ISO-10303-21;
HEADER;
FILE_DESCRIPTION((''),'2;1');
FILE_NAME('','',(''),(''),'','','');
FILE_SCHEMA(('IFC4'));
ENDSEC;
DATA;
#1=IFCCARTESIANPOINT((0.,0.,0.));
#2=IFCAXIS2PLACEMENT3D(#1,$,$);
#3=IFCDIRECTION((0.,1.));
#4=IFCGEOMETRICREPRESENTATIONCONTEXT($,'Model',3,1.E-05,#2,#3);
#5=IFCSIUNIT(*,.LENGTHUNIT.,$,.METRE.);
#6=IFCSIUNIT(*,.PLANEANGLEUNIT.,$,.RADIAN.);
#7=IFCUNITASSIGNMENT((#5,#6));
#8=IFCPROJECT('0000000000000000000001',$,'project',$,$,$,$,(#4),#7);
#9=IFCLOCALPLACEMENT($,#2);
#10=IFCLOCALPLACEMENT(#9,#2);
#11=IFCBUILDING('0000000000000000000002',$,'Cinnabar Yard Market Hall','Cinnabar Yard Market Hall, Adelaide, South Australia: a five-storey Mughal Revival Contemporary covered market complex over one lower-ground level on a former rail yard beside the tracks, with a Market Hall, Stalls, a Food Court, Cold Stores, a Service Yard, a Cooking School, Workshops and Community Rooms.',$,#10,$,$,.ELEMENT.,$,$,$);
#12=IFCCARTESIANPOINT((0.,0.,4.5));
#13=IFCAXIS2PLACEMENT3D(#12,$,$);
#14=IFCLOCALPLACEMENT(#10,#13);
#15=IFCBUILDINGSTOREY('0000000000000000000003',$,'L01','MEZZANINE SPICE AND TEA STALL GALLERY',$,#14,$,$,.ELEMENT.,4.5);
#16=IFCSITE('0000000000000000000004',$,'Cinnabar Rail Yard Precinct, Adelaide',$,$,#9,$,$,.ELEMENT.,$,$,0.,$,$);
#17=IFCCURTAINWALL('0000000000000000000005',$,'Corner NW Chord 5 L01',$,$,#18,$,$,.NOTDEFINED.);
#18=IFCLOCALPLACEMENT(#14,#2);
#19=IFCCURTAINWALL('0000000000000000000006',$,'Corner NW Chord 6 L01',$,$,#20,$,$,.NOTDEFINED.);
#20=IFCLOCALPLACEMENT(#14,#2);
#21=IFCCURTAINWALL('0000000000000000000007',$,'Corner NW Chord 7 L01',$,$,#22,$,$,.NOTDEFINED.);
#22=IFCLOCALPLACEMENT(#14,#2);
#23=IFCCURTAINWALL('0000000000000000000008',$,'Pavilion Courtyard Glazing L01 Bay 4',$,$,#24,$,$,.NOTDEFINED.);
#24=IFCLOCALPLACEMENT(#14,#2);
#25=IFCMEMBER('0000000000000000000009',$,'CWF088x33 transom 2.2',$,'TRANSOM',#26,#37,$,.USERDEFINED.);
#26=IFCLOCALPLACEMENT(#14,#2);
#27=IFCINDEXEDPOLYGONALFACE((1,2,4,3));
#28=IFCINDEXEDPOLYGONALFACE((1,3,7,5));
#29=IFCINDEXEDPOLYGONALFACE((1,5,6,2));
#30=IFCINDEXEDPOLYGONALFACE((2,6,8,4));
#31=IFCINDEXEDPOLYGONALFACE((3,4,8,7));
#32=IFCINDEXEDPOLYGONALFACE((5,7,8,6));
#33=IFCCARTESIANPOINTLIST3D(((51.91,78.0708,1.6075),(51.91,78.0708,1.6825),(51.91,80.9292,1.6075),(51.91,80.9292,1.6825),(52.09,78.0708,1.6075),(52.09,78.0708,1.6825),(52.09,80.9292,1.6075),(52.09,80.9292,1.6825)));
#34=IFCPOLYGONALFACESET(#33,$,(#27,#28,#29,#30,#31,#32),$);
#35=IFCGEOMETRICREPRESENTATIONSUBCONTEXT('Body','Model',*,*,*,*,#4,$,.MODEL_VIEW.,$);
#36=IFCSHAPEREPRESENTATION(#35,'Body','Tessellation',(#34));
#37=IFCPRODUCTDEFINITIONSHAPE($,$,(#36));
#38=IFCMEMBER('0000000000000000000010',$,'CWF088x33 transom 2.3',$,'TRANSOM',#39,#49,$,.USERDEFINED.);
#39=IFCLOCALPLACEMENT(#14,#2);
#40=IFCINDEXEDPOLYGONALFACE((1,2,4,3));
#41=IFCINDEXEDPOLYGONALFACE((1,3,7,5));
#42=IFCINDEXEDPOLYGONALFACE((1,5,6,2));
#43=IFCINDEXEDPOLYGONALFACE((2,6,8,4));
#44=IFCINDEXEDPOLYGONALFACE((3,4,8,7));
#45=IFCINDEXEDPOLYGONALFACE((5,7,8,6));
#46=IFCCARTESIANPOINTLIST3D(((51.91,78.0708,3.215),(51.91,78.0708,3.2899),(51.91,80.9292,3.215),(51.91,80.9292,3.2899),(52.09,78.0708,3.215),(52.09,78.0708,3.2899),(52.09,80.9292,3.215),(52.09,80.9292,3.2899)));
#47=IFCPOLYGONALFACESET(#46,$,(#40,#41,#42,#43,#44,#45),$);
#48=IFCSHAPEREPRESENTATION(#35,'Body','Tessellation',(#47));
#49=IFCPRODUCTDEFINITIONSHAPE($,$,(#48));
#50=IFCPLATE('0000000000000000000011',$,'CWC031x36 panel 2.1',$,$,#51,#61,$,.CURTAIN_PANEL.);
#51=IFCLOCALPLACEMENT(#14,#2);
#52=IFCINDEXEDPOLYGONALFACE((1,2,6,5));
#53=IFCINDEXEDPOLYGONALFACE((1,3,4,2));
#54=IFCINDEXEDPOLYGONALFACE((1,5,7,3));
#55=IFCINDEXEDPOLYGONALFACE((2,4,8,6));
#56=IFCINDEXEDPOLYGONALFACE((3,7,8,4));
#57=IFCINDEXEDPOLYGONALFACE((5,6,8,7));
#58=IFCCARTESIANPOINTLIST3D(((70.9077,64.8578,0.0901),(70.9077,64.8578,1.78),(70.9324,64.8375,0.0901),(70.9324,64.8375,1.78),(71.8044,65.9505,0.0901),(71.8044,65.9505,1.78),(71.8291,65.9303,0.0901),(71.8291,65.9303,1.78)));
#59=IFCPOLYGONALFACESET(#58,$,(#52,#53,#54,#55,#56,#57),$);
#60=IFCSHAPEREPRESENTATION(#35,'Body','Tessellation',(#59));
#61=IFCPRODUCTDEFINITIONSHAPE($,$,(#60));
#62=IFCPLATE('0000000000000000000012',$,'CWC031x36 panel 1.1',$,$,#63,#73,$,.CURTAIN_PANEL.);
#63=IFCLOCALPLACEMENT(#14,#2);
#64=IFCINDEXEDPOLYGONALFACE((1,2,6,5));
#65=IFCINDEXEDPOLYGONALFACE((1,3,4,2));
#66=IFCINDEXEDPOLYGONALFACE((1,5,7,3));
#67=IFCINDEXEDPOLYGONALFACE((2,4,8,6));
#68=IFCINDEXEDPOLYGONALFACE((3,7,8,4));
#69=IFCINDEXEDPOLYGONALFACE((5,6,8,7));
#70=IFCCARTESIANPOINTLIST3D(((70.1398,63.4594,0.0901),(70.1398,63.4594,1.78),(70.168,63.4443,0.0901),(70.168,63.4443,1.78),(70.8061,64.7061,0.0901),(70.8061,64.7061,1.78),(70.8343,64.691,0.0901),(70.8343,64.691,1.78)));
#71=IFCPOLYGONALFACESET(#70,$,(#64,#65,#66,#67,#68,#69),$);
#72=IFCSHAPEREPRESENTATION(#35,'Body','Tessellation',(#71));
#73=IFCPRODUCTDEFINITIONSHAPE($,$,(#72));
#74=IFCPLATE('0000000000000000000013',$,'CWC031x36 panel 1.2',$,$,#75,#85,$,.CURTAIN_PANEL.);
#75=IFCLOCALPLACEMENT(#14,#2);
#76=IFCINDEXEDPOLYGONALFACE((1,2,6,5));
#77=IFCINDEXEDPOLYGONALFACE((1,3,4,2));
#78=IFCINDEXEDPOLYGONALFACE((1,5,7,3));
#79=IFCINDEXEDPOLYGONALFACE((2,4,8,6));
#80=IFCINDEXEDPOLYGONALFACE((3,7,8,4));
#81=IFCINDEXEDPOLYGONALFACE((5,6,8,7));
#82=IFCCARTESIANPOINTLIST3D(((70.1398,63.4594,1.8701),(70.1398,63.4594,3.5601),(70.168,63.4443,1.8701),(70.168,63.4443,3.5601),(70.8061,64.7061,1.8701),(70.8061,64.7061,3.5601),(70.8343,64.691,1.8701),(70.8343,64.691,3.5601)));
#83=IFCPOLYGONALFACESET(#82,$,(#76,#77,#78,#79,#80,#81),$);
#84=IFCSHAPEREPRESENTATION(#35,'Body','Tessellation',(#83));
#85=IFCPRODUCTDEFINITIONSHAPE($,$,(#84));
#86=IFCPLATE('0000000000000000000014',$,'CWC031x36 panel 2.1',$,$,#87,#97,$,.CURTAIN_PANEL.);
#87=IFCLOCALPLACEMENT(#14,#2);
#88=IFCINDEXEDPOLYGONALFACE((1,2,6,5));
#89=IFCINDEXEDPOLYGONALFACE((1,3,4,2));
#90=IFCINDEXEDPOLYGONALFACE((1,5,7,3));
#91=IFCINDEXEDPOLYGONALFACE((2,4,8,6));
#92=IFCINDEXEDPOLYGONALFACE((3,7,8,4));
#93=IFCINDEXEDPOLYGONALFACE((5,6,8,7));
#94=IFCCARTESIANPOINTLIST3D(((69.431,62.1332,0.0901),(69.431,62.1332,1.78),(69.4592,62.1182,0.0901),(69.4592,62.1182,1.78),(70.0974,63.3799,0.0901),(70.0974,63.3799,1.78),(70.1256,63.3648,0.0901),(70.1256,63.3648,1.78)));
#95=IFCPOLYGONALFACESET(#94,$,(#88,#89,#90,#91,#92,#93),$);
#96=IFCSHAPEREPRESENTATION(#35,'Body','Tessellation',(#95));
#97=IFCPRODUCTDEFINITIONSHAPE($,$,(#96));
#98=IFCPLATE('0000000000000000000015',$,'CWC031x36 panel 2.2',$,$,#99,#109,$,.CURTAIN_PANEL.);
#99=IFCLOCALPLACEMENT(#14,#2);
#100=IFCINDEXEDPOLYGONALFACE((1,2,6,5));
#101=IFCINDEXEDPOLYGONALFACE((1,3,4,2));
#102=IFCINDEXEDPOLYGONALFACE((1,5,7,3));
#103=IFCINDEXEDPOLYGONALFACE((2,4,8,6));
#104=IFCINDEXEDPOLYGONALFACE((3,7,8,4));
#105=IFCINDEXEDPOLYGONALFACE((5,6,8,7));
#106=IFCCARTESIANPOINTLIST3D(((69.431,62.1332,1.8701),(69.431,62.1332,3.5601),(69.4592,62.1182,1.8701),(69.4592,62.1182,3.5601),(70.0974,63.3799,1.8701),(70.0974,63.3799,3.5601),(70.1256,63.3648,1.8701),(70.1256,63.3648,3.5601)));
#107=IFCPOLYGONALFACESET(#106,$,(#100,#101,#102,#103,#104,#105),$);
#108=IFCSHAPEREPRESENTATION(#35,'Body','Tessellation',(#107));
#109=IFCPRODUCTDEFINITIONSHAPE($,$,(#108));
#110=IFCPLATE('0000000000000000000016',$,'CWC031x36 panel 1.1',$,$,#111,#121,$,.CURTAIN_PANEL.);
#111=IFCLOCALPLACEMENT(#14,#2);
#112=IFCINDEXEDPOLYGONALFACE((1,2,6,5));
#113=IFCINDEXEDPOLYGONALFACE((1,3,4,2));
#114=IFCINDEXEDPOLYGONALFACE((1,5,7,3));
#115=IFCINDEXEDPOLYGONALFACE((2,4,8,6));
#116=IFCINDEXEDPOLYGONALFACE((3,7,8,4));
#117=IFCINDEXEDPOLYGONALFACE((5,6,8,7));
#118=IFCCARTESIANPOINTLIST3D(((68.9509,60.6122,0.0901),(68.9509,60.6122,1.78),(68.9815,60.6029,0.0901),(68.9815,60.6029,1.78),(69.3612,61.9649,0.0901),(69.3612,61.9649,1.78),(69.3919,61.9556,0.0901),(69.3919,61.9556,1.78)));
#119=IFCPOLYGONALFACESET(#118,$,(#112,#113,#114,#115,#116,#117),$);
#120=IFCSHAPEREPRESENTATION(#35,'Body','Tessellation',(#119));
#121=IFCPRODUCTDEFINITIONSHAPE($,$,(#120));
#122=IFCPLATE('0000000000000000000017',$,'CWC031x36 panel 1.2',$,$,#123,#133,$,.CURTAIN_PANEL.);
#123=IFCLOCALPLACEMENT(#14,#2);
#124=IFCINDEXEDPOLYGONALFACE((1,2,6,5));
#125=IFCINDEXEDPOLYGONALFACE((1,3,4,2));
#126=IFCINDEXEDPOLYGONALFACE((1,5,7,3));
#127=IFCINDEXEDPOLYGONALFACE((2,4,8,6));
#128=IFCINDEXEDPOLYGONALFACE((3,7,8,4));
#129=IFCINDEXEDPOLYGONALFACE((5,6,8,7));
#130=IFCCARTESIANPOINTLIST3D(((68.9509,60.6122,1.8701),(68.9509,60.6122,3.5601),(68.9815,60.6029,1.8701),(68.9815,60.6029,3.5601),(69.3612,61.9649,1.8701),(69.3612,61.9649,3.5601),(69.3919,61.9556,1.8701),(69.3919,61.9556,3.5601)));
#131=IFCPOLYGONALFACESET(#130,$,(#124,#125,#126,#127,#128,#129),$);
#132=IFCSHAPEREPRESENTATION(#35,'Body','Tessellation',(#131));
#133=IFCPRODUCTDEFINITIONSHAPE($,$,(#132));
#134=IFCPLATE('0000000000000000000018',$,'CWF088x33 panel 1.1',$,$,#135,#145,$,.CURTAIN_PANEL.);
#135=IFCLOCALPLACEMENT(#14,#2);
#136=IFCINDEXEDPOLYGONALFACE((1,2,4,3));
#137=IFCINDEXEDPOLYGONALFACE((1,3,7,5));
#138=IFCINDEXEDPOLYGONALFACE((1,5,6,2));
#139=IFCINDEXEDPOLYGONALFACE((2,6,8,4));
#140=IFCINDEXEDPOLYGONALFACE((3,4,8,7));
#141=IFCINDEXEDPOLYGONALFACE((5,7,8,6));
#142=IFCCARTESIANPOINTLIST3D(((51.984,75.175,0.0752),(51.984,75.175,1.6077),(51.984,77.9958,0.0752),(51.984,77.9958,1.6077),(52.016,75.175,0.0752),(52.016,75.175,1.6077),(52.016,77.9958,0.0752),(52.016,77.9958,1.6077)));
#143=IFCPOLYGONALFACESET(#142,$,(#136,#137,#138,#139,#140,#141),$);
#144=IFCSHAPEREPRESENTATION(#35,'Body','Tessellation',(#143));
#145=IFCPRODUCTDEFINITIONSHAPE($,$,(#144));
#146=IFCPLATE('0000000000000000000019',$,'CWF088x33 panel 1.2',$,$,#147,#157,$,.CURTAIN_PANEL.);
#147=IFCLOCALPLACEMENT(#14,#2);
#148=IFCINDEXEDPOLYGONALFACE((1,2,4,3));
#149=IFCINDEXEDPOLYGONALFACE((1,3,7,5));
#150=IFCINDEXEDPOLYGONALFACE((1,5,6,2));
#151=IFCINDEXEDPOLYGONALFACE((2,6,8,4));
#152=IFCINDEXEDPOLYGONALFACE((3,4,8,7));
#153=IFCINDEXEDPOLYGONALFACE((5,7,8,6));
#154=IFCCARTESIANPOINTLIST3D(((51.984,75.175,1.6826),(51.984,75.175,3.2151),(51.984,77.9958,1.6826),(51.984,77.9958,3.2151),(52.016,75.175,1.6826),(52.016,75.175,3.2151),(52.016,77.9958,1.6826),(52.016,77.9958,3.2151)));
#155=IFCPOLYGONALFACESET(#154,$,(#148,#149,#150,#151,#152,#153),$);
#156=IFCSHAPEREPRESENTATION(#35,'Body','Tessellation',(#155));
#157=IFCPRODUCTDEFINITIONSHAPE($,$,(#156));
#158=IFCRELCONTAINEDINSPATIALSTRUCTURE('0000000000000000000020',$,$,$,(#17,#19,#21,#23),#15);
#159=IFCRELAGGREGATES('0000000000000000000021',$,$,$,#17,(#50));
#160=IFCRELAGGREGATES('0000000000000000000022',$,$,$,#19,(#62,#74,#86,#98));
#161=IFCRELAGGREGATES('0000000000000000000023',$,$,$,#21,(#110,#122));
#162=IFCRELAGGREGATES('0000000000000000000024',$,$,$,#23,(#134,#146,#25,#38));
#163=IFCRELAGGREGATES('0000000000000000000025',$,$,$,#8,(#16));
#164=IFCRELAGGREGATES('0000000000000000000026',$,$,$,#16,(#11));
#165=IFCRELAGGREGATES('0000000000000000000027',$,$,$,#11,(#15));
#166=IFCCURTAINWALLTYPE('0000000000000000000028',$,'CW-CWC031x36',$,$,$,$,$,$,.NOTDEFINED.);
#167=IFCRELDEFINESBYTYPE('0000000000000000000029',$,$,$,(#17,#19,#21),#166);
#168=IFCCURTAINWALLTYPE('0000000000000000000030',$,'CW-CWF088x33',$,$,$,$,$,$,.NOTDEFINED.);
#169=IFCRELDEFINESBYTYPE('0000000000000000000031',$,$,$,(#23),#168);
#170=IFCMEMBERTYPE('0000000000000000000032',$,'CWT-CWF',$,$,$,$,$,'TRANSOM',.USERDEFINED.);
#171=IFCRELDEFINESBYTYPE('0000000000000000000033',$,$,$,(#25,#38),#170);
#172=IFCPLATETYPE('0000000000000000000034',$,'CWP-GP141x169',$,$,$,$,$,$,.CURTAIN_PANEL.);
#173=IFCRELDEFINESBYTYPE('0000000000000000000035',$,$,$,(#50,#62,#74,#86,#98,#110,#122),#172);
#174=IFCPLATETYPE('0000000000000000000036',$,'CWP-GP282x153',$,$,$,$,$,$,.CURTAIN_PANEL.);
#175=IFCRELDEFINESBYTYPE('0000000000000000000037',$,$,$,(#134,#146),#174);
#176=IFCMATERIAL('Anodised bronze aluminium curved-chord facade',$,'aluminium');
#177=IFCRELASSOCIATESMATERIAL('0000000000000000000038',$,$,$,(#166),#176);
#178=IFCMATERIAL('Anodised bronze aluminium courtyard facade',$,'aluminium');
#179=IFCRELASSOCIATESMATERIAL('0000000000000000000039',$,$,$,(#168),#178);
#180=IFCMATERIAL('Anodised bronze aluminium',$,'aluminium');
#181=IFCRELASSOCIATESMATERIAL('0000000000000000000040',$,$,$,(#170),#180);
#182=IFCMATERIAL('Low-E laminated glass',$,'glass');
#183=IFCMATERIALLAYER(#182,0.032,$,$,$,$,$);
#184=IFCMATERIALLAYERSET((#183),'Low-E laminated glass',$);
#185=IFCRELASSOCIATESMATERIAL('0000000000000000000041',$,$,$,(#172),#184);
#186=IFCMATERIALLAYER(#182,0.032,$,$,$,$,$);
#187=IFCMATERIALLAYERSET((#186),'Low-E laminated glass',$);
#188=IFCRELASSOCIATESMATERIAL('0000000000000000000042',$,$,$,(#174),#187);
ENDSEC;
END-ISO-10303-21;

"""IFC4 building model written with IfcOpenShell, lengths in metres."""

from ifc_helpers import new_model, si_unit, direction, frame, origin, origin_2d_with_axis, place, context, subcontext, project, spatial, rectangle, extrude, material, layer, layer_set, material_profile, profile_set, type_object, element, aggregate, save


model = new_model("IFC4")

# Units and contexts
model_context = context("Model", 3, precision=1e-05, world=origin(), true_north=direction((0.0, 1.0)))
body_context = subcontext(model_context, "Body", "Model", "MODEL_VIEW")
ifc_project = project(units=[si_unit("LENGTHUNIT", "METRE"), si_unit("PLANEANGLEUNIT", "RADIAN")], contexts=[model_context])

# Site, building, storey
site_placement = place(None, origin())
site = spatial("IfcSite", under=ifc_project, at=site_placement, Name="Cinnabar Rail Yard Precinct, Adelaide", CompositionType="ELEMENT", RefElevation=0.0)
building_placement = place(site_placement, origin())
building = spatial("IfcBuilding", under=site, at=building_placement, Name="Cinnabar Yard Market Hall", Description="Cinnabar Yard Market Hall, Adelaide, South Australia: a five-storey Mughal Revival Contemporary covered market complex over one lower-ground level on a former rail yard beside the tracks, with a Market Hall, Stalls, a Food Court, Cold Stores, a Service Yard, a Cooking School, Workshops and Community Rooms.", CompositionType="ELEMENT")
storey_placement = place(building_placement, frame((0.0, 0.0, 4.5)))
storey = spatial("IfcBuildingStorey", under=building, at=storey_placement, Name="L01", Description="MEZZANINE SPICE AND TEA STALL GALLERY", CompositionType="ELEMENT", Elevation=4.5)

# Curtain wall
ifc_material_1 = material(Name="Anodised bronze aluminium curved-chord facade", Category="aluminium")
curtain_wall_type_1 = type_object("IfcCurtainWallType", Name="CW-CWC031x36", PredefinedType="NOTDEFINED", material=ifc_material_1)
curtain_wall_1_placement = place(storey_placement, origin())
curtain_wall_1 = element("IfcCurtainWall", 1, at=curtain_wall_1_placement, inside=storey, type_object=curtain_wall_type_1, Name="Corner NW Chord 5 L01", PredefinedType="NOTDEFINED")
ifc_material_2 = material(Name="Anodised bronze aluminium", Category="aluminium")

# Curtain wall
curtain_wall_2_placement = place(storey_placement, origin())
curtain_wall_2 = element("IfcCurtainWall", 2, at=curtain_wall_2_placement, inside=storey, type_object=curtain_wall_type_1, Name="Corner NW Chord 6 L01", PredefinedType="NOTDEFINED")

# Curtain wall
curtain_wall_3_placement = place(storey_placement, origin())
curtain_wall_3 = element("IfcCurtainWall", 3, at=curtain_wall_3_placement, inside=storey, type_object=curtain_wall_type_1, Name="Corner NW Chord 7 L01", PredefinedType="NOTDEFINED")

# Curtain wall
ifc_material_3 = material(Name="Anodised bronze aluminium courtyard facade", Category="aluminium")
curtain_wall_type_2 = type_object("IfcCurtainWallType", Name="CW-CWF088x33", PredefinedType="NOTDEFINED", material=ifc_material_3)
curtain_wall_4_placement = place(storey_placement, origin())
curtain_wall_4 = element("IfcCurtainWall", 4, at=curtain_wall_4_placement, inside=storey, type_object=curtain_wall_type_2, Name="Pavilion Courtyard Glazing L01 Bay 4", PredefinedType="NOTDEFINED")

# Members
ifc_material_profile_1 = material_profile(ifc_material_2, rectangle(XDim=0.1799, YDim=0.075, at=origin_2d_with_axis()), Name="TRN-CWF")
ifc_profile_set_1 = profile_set([ifc_material_profile_1], Name="Anodised bronze aluminium")
member_type_1 = type_object("IfcMemberType", Name="CWT-CWF", ElementType="TRANSOM", PredefinedType="USERDEFINED", material=ifc_profile_set_1)
member_1_placement = place(storey_placement, frame((52.0, 78.0708, 1.645), z_axis=(0.0, 1.0, 0.0), x_axis=(-1.0, 0.0, 0.0)))
member_1 = element("IfcMember", 5, at=member_1_placement, type_object=member_type_1, Name="CWF088x33 transom 2.2", ObjectType="TRANSOM", PredefinedType="USERDEFINED", context=body_context, shape_type="SweptSolid", body=[
    extrude(rectangle(XDim=0.1799, YDim=0.075, at=origin_2d_with_axis()), origin(), (0.0, 0.0, 1.0), 2.8584),
])
member_2_placement = place(storey_placement, frame((52.0, 78.0708, 3.2524), z_axis=(0.0, 1.0, 0.0), x_axis=(-1.0, 0.0, 0.0)))
member_2 = element("IfcMember", 6, at=member_2_placement, type_object=member_type_1, Name="CWF088x33 transom 2.3", ObjectType="TRANSOM", PredefinedType="USERDEFINED", context=body_context, shape_type="SweptSolid", body=[
    extrude(rectangle(XDim=0.1799, YDim=0.075, at=origin_2d_with_axis()), origin(), (0.0, 0.0, 1.0), 2.8584),
])

# Plates
ifc_material_4 = material(Name="Low-E laminated glass", Category="glass")
ifc_layer_1 = layer(ifc_material_4, 0.032)
ifc_layer_set_1 = layer_set([ifc_layer_1], Name="Low-E laminated glass")
plate_type_1 = type_object("IfcPlateType", Name="CWP-GP141x169", PredefinedType="CURTAIN_PANEL", material=ifc_layer_set_1)
plate_1_placement = place(storey_placement, frame((71.3684, 65.394, 0.0901), z_axis=(0.0, 0.0, 1.0), x_axis=(-0.634383, -0.773019, 0.0)))
plate_1 = element("IfcPlate", 7, at=plate_1_placement, type_object=plate_type_1, Name="CWC031x36 panel 2.1", PredefinedType="CURTAIN_PANEL", context=body_context, shape_type="SweptSolid", body=[
    extrude(rectangle(XDim=1.4136, YDim=0.032, at=origin_2d_with_axis()), origin(), (0.0, 0.0, 1.0), 1.6899),
])
aggregate(curtain_wall_1, [plate_1])
plate_2_placement = place(storey_placement, frame((70.4871, 64.0752, 0.0901), z_axis=(0.0, 0.0, 1.0), x_axis=(-0.471404, -0.881917, 0.0)))
plate_2 = element("IfcPlate", 8, at=plate_2_placement, type_object=plate_type_1, Name="CWC031x36 panel 1.1", PredefinedType="CURTAIN_PANEL", context=body_context, shape_type="SweptSolid", body=[
    extrude(rectangle(XDim=1.4136, YDim=0.032, at=origin_2d_with_axis()), origin(), (0.0, 0.0, 1.0), 1.6899),
])
plate_3_placement = place(storey_placement, frame((70.4871, 64.0752, 1.8701), z_axis=(0.0, 0.0, 1.0), x_axis=(-0.471404, -0.881917, 0.0)))
plate_3 = element("IfcPlate", 9, at=plate_3_placement, type_object=plate_type_1, Name="CWC031x36 panel 1.2", PredefinedType="CURTAIN_PANEL", context=body_context, shape_type="SweptSolid", body=[
    extrude(rectangle(XDim=1.4136, YDim=0.032, at=origin_2d_with_axis()), origin(), (0.0, 0.0, 1.0), 1.6899),
])
plate_4_placement = place(storey_placement, frame((69.7783, 62.749, 0.0901), z_axis=(0.0, 0.0, 1.0), x_axis=(-0.471404, -0.881917, 0.0)))
plate_4 = element("IfcPlate", 10, at=plate_4_placement, type_object=plate_type_1, Name="CWC031x36 panel 2.1", PredefinedType="CURTAIN_PANEL", context=body_context, shape_type="SweptSolid", body=[
    extrude(rectangle(XDim=1.4136, YDim=0.032, at=origin_2d_with_axis()), origin(), (0.0, 0.0, 1.0), 1.6899),
])
plate_5_placement = place(storey_placement, frame((69.7783, 62.749, 1.8701), z_axis=(0.0, 0.0, 1.0), x_axis=(-0.471404, -0.881917, 0.0)))
plate_5 = element("IfcPlate", 11, at=plate_5_placement, type_object=plate_type_1, Name="CWC031x36 panel 2.2", PredefinedType="CURTAIN_PANEL", context=body_context, shape_type="SweptSolid", body=[
    extrude(rectangle(XDim=1.4136, YDim=0.032, at=origin_2d_with_axis()), origin(), (0.0, 0.0, 1.0), 1.6899),
])
aggregate(curtain_wall_2, [plate_2, plate_3, plate_4, plate_5])
plate_6_placement = place(storey_placement, frame((69.1714, 61.2839, 0.0901), z_axis=(0.0, 0.0, 1.0), x_axis=(-0.290279, -0.956942, 0.0)))
plate_6 = element("IfcPlate", 12, at=plate_6_placement, type_object=plate_type_1, Name="CWC031x36 panel 1.1", PredefinedType="CURTAIN_PANEL", context=body_context, shape_type="SweptSolid", body=[
    extrude(rectangle(XDim=1.4136, YDim=0.032, at=origin_2d_with_axis()), origin(), (0.0, 0.0, 1.0), 1.6899),
])
plate_7_placement = place(storey_placement, frame((69.1714, 61.2839, 1.8701), z_axis=(0.0, 0.0, 1.0), x_axis=(-0.290279, -0.956942, 0.0)))
plate_7 = element("IfcPlate", 13, at=plate_7_placement, type_object=plate_type_1, Name="CWC031x36 panel 1.2", PredefinedType="CURTAIN_PANEL", context=body_context, shape_type="SweptSolid", body=[
    extrude(rectangle(XDim=1.4136, YDim=0.032, at=origin_2d_with_axis()), origin(), (0.0, 0.0, 1.0), 1.6899),
])
aggregate(curtain_wall_3, [plate_6, plate_7])
ifc_layer_2 = layer(ifc_material_4, 0.032)
ifc_layer_set_2 = layer_set([ifc_layer_2], Name="Low-E laminated glass")
plate_type_2 = type_object("IfcPlateType", Name="CWP-GP282x153", PredefinedType="CURTAIN_PANEL", material=ifc_layer_set_2)
plate_8_placement = place(storey_placement, frame((52.0, 76.5854, 0.0752), z_axis=(0.0, 0.0, 1.0), x_axis=(0.0, 1.0, 0.0)))
plate_8 = element("IfcPlate", 14, at=plate_8_placement, type_object=plate_type_2, Name="CWF088x33 panel 1.1", PredefinedType="CURTAIN_PANEL", context=body_context, shape_type="SweptSolid", body=[
    extrude(rectangle(XDim=2.8208, YDim=0.032, at=origin_2d_with_axis()), origin(), (0.0, 0.0, 1.0), 1.5325),
])
plate_9_placement = place(storey_placement, frame((52.0, 76.5854, 1.6826), z_axis=(0.0, 0.0, 1.0), x_axis=(0.0, 1.0, 0.0)))
plate_9 = element("IfcPlate", 15, at=plate_9_placement, type_object=plate_type_2, Name="CWF088x33 panel 1.2", PredefinedType="CURTAIN_PANEL", context=body_context, shape_type="SweptSolid", body=[
    extrude(rectangle(XDim=2.8208, YDim=0.032, at=origin_2d_with_axis()), origin(), (0.0, 0.0, 1.0), 1.5325),
])
aggregate(curtain_wall_4, [plate_8, plate_9, member_1, member_2])

save(model, "model.ifc")
